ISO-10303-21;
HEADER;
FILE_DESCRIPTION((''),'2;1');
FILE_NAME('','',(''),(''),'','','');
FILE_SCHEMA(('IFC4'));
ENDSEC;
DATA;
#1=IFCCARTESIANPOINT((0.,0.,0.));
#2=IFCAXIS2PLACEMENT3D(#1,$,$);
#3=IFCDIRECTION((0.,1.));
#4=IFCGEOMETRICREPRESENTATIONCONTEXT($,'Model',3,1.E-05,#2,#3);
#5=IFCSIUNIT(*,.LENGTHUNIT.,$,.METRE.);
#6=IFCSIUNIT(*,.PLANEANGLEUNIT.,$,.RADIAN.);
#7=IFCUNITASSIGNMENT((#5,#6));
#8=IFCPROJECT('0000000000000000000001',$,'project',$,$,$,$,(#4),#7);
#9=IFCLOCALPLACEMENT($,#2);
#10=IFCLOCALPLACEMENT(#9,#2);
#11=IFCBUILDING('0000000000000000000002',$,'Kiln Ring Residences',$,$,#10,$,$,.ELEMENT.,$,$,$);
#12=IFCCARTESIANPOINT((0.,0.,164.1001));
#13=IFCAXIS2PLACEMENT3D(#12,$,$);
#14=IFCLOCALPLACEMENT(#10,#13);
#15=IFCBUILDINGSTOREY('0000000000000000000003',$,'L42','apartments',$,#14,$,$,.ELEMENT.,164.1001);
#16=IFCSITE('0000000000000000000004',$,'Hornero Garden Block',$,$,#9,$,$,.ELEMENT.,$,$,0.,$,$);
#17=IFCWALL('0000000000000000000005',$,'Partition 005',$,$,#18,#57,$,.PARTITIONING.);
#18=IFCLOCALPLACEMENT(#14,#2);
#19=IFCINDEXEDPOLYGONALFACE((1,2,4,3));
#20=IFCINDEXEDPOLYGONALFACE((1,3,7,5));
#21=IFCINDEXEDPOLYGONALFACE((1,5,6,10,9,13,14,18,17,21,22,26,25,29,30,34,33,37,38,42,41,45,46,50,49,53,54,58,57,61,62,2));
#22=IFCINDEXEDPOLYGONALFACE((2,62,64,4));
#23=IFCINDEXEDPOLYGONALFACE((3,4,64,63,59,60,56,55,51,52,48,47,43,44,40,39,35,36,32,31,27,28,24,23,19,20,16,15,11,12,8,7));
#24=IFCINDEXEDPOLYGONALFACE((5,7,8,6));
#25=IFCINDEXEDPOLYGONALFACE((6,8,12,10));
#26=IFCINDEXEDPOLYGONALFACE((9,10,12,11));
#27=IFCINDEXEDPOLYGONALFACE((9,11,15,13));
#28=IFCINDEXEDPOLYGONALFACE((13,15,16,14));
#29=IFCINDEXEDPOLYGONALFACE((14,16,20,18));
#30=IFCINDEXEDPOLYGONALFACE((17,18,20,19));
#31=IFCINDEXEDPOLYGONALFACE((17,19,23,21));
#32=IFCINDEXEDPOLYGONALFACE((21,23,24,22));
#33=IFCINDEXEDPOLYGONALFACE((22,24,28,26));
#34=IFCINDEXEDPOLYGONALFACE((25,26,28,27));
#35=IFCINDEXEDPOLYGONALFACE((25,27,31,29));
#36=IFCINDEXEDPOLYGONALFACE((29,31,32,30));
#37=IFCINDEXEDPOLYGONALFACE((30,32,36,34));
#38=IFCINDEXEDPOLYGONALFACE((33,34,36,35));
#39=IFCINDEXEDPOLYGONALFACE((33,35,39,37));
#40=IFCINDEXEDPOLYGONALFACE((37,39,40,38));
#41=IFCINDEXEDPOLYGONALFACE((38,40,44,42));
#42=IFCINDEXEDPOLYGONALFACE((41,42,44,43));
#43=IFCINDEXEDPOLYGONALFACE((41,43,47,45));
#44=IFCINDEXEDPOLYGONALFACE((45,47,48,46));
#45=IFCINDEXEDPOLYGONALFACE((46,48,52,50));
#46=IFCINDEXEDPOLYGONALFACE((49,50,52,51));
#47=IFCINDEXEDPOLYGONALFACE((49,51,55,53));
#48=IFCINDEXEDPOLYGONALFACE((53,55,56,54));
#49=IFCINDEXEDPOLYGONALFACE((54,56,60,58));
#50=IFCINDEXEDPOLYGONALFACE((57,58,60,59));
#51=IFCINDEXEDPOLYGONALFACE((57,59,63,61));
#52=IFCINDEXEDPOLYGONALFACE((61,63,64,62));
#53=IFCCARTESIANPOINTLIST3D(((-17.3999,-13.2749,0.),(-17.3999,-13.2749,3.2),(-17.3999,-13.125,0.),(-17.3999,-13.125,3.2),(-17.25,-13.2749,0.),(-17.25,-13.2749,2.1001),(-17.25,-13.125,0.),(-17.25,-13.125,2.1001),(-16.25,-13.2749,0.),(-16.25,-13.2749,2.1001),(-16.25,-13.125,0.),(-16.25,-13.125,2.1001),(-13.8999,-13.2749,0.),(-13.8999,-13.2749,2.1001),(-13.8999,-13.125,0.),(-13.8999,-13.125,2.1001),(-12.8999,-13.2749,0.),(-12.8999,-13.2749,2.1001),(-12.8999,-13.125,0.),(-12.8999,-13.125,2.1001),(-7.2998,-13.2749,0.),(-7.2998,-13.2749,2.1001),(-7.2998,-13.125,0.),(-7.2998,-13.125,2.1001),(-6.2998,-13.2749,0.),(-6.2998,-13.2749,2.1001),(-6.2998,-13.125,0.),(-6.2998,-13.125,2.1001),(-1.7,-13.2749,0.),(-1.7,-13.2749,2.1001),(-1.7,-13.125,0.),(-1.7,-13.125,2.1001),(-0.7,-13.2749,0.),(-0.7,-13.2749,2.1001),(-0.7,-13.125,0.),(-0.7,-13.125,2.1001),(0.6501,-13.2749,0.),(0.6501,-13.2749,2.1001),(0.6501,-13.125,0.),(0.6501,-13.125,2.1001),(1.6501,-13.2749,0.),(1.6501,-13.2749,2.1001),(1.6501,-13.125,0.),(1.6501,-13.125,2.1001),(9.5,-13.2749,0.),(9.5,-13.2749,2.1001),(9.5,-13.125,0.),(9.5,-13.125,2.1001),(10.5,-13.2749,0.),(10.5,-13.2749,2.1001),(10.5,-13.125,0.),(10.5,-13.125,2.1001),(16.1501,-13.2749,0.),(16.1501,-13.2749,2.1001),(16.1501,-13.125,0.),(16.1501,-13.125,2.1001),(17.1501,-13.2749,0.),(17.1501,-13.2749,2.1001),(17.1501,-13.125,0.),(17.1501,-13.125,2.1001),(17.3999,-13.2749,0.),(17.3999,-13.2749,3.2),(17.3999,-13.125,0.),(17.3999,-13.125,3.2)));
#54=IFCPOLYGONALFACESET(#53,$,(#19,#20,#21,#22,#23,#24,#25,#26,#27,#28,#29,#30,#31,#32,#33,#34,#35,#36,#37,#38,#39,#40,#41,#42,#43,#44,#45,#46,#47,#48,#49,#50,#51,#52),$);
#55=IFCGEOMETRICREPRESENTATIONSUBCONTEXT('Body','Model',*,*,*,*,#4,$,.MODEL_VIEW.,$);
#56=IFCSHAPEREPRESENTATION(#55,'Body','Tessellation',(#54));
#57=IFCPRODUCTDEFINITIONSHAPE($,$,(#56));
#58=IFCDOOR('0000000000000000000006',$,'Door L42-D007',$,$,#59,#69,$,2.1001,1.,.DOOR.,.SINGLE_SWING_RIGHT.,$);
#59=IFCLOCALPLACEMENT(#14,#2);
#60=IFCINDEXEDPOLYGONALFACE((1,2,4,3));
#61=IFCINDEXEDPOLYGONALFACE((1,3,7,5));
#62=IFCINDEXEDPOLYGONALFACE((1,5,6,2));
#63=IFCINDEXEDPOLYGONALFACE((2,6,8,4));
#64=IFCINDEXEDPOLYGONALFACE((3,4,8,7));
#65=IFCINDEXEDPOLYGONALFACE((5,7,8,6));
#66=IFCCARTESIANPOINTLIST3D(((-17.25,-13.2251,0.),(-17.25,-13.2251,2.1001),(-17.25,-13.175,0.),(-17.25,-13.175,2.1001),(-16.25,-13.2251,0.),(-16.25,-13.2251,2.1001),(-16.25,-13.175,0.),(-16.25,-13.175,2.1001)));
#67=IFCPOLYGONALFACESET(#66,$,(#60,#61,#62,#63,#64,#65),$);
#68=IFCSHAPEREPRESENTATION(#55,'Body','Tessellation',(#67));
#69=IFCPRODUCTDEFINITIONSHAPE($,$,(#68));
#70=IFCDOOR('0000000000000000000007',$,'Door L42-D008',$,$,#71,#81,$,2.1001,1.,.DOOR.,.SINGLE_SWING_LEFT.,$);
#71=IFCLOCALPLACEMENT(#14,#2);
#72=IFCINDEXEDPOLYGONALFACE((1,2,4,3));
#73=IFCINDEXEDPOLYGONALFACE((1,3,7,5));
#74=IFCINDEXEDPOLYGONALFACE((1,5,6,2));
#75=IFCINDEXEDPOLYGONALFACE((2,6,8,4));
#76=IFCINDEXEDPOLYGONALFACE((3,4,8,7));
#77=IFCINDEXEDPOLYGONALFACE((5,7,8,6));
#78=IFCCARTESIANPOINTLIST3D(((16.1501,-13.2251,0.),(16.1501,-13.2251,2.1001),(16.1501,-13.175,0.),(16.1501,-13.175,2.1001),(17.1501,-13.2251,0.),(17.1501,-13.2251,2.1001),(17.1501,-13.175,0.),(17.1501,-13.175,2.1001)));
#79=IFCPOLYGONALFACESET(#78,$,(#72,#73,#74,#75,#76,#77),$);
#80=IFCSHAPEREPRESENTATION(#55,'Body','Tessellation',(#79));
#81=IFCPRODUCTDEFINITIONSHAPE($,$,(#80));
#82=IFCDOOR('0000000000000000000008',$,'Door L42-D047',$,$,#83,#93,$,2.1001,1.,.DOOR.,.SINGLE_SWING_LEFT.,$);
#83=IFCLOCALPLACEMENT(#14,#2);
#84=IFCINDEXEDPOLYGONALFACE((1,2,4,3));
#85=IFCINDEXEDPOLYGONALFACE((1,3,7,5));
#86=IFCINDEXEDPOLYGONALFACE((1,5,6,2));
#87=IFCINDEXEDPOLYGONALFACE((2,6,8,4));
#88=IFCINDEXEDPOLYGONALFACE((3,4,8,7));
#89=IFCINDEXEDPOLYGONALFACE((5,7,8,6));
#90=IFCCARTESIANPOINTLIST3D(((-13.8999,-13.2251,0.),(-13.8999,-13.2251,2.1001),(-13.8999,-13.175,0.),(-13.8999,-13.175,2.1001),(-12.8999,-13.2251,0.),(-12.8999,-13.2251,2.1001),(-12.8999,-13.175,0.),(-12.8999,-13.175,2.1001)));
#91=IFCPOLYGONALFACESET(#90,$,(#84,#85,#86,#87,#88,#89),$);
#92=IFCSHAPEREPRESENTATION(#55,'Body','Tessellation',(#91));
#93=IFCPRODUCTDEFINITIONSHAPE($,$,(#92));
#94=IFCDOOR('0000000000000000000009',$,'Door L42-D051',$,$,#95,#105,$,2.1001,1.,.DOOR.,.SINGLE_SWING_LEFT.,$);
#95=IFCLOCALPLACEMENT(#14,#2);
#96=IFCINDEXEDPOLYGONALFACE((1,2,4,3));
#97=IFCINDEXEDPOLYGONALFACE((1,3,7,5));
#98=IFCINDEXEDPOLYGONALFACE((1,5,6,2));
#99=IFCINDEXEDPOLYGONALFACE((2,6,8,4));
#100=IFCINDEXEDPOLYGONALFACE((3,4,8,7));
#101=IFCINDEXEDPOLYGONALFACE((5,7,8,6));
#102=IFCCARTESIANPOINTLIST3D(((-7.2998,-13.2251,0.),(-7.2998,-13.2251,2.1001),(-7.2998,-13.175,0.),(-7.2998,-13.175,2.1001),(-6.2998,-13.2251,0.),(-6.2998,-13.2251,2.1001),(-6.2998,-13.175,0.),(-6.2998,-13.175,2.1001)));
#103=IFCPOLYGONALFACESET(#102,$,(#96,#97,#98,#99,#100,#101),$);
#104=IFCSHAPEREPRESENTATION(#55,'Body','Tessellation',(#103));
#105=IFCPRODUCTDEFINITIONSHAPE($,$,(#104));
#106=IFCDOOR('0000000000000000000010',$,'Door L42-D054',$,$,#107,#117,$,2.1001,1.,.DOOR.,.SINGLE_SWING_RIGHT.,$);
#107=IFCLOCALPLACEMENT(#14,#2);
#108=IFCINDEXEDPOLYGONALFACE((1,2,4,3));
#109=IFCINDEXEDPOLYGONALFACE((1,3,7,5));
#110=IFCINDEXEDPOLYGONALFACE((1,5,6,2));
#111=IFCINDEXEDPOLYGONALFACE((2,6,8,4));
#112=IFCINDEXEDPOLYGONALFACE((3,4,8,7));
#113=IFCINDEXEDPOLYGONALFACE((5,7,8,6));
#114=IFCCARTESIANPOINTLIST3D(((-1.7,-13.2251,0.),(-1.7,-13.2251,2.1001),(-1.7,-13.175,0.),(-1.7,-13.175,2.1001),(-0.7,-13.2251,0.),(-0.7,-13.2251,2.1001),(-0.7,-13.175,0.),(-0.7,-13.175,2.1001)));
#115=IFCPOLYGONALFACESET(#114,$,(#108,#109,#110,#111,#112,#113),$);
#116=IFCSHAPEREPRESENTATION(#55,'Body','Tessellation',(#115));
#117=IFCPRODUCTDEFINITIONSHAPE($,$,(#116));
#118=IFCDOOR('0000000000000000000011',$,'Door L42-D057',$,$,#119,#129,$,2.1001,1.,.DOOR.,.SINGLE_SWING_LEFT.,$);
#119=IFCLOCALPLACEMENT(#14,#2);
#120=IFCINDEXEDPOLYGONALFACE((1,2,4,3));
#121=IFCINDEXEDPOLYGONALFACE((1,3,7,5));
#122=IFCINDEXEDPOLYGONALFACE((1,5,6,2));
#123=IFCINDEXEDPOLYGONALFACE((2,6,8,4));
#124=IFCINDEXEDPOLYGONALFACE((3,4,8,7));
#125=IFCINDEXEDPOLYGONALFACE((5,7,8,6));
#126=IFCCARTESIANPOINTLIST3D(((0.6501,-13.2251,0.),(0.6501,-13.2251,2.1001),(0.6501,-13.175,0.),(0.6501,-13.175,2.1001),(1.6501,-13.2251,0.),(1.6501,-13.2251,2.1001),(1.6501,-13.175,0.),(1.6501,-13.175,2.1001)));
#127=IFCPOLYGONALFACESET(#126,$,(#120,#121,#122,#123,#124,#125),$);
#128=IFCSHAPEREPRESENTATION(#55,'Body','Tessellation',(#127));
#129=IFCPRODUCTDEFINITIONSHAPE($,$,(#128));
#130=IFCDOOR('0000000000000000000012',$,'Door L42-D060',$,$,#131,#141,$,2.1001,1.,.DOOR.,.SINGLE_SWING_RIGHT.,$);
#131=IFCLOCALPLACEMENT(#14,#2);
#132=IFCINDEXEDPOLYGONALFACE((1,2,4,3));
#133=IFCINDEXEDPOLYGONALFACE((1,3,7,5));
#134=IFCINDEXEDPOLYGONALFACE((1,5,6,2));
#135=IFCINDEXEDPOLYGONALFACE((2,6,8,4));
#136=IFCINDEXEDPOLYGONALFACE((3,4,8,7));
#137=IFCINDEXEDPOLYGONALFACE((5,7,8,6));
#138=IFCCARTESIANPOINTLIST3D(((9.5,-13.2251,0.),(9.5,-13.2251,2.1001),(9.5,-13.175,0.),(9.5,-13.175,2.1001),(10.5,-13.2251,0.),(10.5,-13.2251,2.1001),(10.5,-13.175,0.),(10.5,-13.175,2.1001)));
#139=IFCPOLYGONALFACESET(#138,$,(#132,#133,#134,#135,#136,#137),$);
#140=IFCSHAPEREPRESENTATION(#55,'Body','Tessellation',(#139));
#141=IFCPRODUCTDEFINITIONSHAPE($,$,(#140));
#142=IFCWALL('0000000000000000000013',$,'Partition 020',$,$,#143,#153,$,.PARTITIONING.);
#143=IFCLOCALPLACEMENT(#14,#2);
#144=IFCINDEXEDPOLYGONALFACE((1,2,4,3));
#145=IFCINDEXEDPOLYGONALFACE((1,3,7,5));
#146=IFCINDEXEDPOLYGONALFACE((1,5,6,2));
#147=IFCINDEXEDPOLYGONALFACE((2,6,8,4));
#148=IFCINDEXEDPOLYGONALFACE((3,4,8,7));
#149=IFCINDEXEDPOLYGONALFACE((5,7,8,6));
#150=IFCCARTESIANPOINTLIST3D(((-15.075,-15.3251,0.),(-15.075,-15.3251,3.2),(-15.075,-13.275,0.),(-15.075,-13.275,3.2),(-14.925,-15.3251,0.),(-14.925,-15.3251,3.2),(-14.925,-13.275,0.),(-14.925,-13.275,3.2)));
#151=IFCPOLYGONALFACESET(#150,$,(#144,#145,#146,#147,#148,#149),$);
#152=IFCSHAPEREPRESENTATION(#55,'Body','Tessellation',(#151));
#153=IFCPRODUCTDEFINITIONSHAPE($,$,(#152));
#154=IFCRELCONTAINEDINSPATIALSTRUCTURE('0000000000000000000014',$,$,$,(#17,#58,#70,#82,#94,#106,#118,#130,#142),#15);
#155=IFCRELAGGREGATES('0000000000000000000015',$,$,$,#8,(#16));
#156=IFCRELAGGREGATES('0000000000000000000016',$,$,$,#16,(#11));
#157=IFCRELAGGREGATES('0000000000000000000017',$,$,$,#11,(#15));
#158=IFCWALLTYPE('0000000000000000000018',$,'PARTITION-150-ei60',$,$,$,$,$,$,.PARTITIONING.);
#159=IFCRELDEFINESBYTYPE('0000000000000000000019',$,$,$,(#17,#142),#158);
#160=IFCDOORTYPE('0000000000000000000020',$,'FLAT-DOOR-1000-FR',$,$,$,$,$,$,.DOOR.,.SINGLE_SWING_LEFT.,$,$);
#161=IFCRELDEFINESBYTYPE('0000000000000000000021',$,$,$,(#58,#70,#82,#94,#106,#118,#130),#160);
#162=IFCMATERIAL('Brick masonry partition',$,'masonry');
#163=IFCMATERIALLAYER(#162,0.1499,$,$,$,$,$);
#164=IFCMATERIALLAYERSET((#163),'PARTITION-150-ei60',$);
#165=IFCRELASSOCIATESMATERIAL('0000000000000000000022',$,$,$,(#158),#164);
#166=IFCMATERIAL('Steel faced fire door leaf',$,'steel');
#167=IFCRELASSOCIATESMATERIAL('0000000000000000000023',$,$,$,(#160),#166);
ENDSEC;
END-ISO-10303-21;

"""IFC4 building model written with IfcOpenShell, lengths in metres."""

from ifc_helpers import new_model, si_unit, direction, frame, frame_2d, origin, place, context, subcontext, project, spatial, rectangle, extrude, material, layer, layer_set, type_object, element, fill, save


model = new_model("IFC4")

# Units and contexts
model_context = context("Model", 3, precision=1e-05, world=origin(), true_north=direction((0.0, 1.0)))
body_context = subcontext(model_context, "Body", "Model", "MODEL_VIEW")
ifc_project = project(units=[si_unit("LENGTHUNIT", "METRE"), si_unit("PLANEANGLEUNIT", "RADIAN")], contexts=[model_context])

# Site, building, storey
site_placement = place(None, origin())
site = spatial("IfcSite", under=ifc_project, at=site_placement, Name="Hornero Garden Block", CompositionType="ELEMENT", RefElevation=0.0)
building_placement = place(site_placement, origin())
building = spatial("IfcBuilding", under=site, at=building_placement, Name="Kiln Ring Residences", CompositionType="ELEMENT")
storey_placement = place(building_placement, frame((0.0, 0.0, 164.1001)))
storey = spatial("IfcBuildingStorey", under=building, at=storey_placement, Name="L42", Description="apartments", CompositionType="ELEMENT", Elevation=164.1001)

# Wall, openings, doors
ifc_material_1 = material(Name="Brick masonry partition", Category="masonry")
ifc_layer = layer(ifc_material_1, 0.1499)
ifc_layer_set = layer_set([ifc_layer], Name="PARTITION-150-ei60")
wall_type = type_object("IfcWallType", Name="PARTITION-150-ei60", PredefinedType="PARTITIONING", material=ifc_layer_set)
wall_1_placement = place(storey_placement, frame((-17.3999, -13.2, 0.0), z_axis=(0.0, 0.0, 1.0), x_axis=(1.0, 0.0, 0.0)))
wall_1 = element("IfcWall", 1, at=wall_1_placement, inside=storey, type_object=wall_type, Name="Partition 005", PredefinedType="PARTITIONING", context=body_context, shape_type="SweptSolid", body=[
    extrude(rectangle(XDim=34.7998, YDim=0.1499, at=frame_2d((17.3999, 0.0))), origin(), (0.0, 0.0, 1.0), 3.2),
])
opening_1_placement = place(wall_1_placement, frame((0.1499, 0.0, 0.0)))
opening_1 = element("IfcOpeningElement", 2, at=opening_1_placement, cuts=wall_1, PredefinedType="OPENING", context=body_context, shape_type="SweptSolid", body=[
    extrude(rectangle(XDim=1.0, YDim=2.1001, at=frame_2d((0.5, 1.05))), frame((0.0, 0.085, 0.0), z_axis=(0.0, -1.0, 0.0), x_axis=(1.0, 0.0, 0.0)), (0.0, 0.0, 1.0), 0.1699),
])
opening_2_placement = place(wall_1_placement, frame((33.55, 0.0, 0.0)))
opening_2 = element("IfcOpeningElement", 3, at=opening_2_placement, cuts=wall_1, PredefinedType="OPENING", context=body_context, shape_type="SweptSolid", body=[
    extrude(rectangle(XDim=1.0, YDim=2.1001, at=frame_2d((0.5, 1.05))), frame((0.0, 0.085, 0.0), z_axis=(0.0, -1.0, 0.0), x_axis=(1.0, 0.0, 0.0)), (0.0, 0.0, 1.0), 0.1699),
])
opening_3_placement = place(wall_1_placement, frame((3.5, 0.0, 0.0)))
opening_3 = element("IfcOpeningElement", 4, at=opening_3_placement, cuts=wall_1, PredefinedType="OPENING", context=body_context, shape_type="SweptSolid", body=[
    extrude(rectangle(XDim=1.0, YDim=2.1001, at=frame_2d((0.5, 1.05))), frame((0.0, 0.085, 0.0), z_axis=(0.0, -1.0, 0.0), x_axis=(1.0, 0.0, 0.0)), (0.0, 0.0, 1.0), 0.1699),
])
opening_4_placement = place(wall_1_placement, frame((10.1001, 0.0, 0.0)))
opening_4 = element("IfcOpeningElement", 5, at=opening_4_placement, cuts=wall_1, PredefinedType="OPENING", context=body_context, shape_type="SweptSolid", body=[
    extrude(rectangle(XDim=1.0, YDim=2.1001, at=frame_2d((0.5, 1.05))), frame((0.0, 0.085, 0.0), z_axis=(0.0, -1.0, 0.0), x_axis=(1.0, 0.0, 0.0)), (0.0, 0.0, 1.0), 0.1699),
])
opening_5_placement = place(wall_1_placement, frame((15.7, 0.0, 0.0)))
opening_5 = element("IfcOpeningElement", 6, at=opening_5_placement, cuts=wall_1, PredefinedType="OPENING", context=body_context, shape_type="SweptSolid", body=[
    extrude(rectangle(XDim=1.0, YDim=2.1001, at=frame_2d((0.5, 1.05))), frame((0.0, 0.085, 0.0), z_axis=(0.0, -1.0, 0.0), x_axis=(1.0, 0.0, 0.0)), (0.0, 0.0, 1.0), 0.1699),
])
opening_6_placement = place(wall_1_placement, frame((18.05, 0.0, 0.0)))
opening_6 = element("IfcOpeningElement", 7, at=opening_6_placement, cuts=wall_1, PredefinedType="OPENING", context=body_context, shape_type="SweptSolid", body=[
    extrude(rectangle(XDim=1.0, YDim=2.1001, at=frame_2d((0.5, 1.05))), frame((0.0, 0.085, 0.0), z_axis=(0.0, -1.0, 0.0), x_axis=(1.0, 0.0, 0.0)), (0.0, 0.0, 1.0), 0.1699),
])
opening_7_placement = place(wall_1_placement, frame((26.8999, 0.0, 0.0)))
opening_7 = element("IfcOpeningElement", 8, at=opening_7_placement, cuts=wall_1, PredefinedType="OPENING", context=body_context, shape_type="SweptSolid", body=[
    extrude(rectangle(XDim=1.0, YDim=2.1001, at=frame_2d((0.5, 1.05))), frame((0.0, 0.085, 0.0), z_axis=(0.0, -1.0, 0.0), x_axis=(1.0, 0.0, 0.0)), (0.0, 0.0, 1.0), 0.1699),
])
ifc_material_2 = material(Name="Steel faced fire door leaf", Category="steel")
door_type = type_object("IfcDoorType", Name="FLAT-DOOR-1000-FR", OperationType="SINGLE_SWING_LEFT", PredefinedType="DOOR", material=ifc_material_2)
door_1_placement = place(opening_1_placement, origin())
door_1 = element("IfcDoor", 9, at=door_1_placement, inside=storey, type_object=door_type, Name="Door L42-D007", OperationType="SINGLE_SWING_RIGHT", OverallHeight=2.1001, OverallWidth=1.0, PredefinedType="DOOR", context=body_context, shape_type="SweptSolid", body=[
    extrude(rectangle(XDim=1.0, YDim=2.1001, at=frame_2d((0.5, 1.05))), frame((0.0, 0.0249, 0.0), z_axis=(0.0, -1.0, 0.0), x_axis=(1.0, 0.0, 0.0)), (0.0, 0.0, 1.0), 0.05),
])
fill(opening_1, door_1)
door_2_placement = place(opening_2_placement, origin())
door_2 = element("IfcDoor", 10, at=door_2_placement, inside=storey, type_object=door_type, Name="Door L42-D008", OperationType="SINGLE_SWING_LEFT", OverallHeight=2.1001, OverallWidth=1.0, PredefinedType="DOOR", context=body_context, shape_type="SweptSolid", body=[
    extrude(rectangle(XDim=1.0, YDim=2.1001, at=frame_2d((0.5, 1.05))), frame((0.0, 0.0249, 0.0), z_axis=(0.0, -1.0, 0.0), x_axis=(1.0, 0.0, 0.0)), (0.0, 0.0, 1.0), 0.05),
])
fill(opening_2, door_2)
door_3_placement = place(opening_3_placement, origin())
door_3 = element("IfcDoor", 11, at=door_3_placement, inside=storey, type_object=door_type, Name="Door L42-D047", OperationType="SINGLE_SWING_LEFT", OverallHeight=2.1001, OverallWidth=1.0, PredefinedType="DOOR", context=body_context, shape_type="SweptSolid", body=[
    extrude(rectangle(XDim=1.0, YDim=2.1001, at=frame_2d((0.5, 1.05))), frame((0.0, 0.0249, 0.0), z_axis=(0.0, -1.0, 0.0), x_axis=(1.0, 0.0, 0.0)), (0.0, 0.0, 1.0), 0.05),
])
fill(opening_3, door_3)
door_4_placement = place(opening_4_placement, origin())
door_4 = element("IfcDoor", 12, at=door_4_placement, inside=storey, type_object=door_type, Name="Door L42-D051", OperationType="SINGLE_SWING_LEFT", OverallHeight=2.1001, OverallWidth=1.0, PredefinedType="DOOR", context=body_context, shape_type="SweptSolid", body=[
    extrude(rectangle(XDim=1.0, YDim=2.1001, at=frame_2d((0.5, 1.05))), frame((0.0, 0.0249, 0.0), z_axis=(0.0, -1.0, 0.0), x_axis=(1.0, 0.0, 0.0)), (0.0, 0.0, 1.0), 0.05),
])
fill(opening_4, door_4)
door_5_placement = place(opening_5_placement, origin())
door_5 = element("IfcDoor", 13, at=door_5_placement, inside=storey, type_object=door_type, Name="Door L42-D054", OperationType="SINGLE_SWING_RIGHT", OverallHeight=2.1001, OverallWidth=1.0, PredefinedType="DOOR", context=body_context, shape_type="SweptSolid", body=[
    extrude(rectangle(XDim=1.0, YDim=2.1001, at=frame_2d((0.5, 1.05))), frame((0.0, 0.0249, 0.0), z_axis=(0.0, -1.0, 0.0), x_axis=(1.0, 0.0, 0.0)), (0.0, 0.0, 1.0), 0.05),
])
fill(opening_5, door_5)
door_6_placement = place(opening_6_placement, origin())
door_6 = element("IfcDoor", 14, at=door_6_placement, inside=storey, type_object=door_type, Name="Door L42-D057", OperationType="SINGLE_SWING_LEFT", OverallHeight=2.1001, OverallWidth=1.0, PredefinedType="DOOR", context=body_context, shape_type="SweptSolid", body=[
    extrude(rectangle(XDim=1.0, YDim=2.1001, at=frame_2d((0.5, 1.05))), frame((0.0, 0.0249, 0.0), z_axis=(0.0, -1.0, 0.0), x_axis=(1.0, 0.0, 0.0)), (0.0, 0.0, 1.0), 0.05),
])
fill(opening_6, door_6)
door_7_placement = place(opening_7_placement, origin())
door_7 = element("IfcDoor", 15, at=door_7_placement, inside=storey, type_object=door_type, Name="Door L42-D060", OperationType="SINGLE_SWING_RIGHT", OverallHeight=2.1001, OverallWidth=1.0, PredefinedType="DOOR", context=body_context, shape_type="SweptSolid", body=[
    extrude(rectangle(XDim=1.0, YDim=2.1001, at=frame_2d((0.5, 1.05))), frame((0.0, 0.0249, 0.0), z_axis=(0.0, -1.0, 0.0), x_axis=(1.0, 0.0, 0.0)), (0.0, 0.0, 1.0), 0.05),
])
fill(opening_7, door_7)

# Wall
wall_2_placement = place(storey_placement, frame((-15.0, -15.325, 0.0), z_axis=(0.0, 0.0, 1.0), x_axis=(0.0, 1.0, 0.0)))
element("IfcWall", 16, at=wall_2_placement, inside=storey, type_object=wall_type, Name="Partition 020", PredefinedType="PARTITIONING", context=body_context, shape_type="SweptSolid", body=[
    extrude(rectangle(XDim=2.05, YDim=0.1499, at=frame_2d((1.0249, 0.0))), origin(), (0.0, 0.0, 1.0), 3.2),
])

save(model, "model.ifc")
